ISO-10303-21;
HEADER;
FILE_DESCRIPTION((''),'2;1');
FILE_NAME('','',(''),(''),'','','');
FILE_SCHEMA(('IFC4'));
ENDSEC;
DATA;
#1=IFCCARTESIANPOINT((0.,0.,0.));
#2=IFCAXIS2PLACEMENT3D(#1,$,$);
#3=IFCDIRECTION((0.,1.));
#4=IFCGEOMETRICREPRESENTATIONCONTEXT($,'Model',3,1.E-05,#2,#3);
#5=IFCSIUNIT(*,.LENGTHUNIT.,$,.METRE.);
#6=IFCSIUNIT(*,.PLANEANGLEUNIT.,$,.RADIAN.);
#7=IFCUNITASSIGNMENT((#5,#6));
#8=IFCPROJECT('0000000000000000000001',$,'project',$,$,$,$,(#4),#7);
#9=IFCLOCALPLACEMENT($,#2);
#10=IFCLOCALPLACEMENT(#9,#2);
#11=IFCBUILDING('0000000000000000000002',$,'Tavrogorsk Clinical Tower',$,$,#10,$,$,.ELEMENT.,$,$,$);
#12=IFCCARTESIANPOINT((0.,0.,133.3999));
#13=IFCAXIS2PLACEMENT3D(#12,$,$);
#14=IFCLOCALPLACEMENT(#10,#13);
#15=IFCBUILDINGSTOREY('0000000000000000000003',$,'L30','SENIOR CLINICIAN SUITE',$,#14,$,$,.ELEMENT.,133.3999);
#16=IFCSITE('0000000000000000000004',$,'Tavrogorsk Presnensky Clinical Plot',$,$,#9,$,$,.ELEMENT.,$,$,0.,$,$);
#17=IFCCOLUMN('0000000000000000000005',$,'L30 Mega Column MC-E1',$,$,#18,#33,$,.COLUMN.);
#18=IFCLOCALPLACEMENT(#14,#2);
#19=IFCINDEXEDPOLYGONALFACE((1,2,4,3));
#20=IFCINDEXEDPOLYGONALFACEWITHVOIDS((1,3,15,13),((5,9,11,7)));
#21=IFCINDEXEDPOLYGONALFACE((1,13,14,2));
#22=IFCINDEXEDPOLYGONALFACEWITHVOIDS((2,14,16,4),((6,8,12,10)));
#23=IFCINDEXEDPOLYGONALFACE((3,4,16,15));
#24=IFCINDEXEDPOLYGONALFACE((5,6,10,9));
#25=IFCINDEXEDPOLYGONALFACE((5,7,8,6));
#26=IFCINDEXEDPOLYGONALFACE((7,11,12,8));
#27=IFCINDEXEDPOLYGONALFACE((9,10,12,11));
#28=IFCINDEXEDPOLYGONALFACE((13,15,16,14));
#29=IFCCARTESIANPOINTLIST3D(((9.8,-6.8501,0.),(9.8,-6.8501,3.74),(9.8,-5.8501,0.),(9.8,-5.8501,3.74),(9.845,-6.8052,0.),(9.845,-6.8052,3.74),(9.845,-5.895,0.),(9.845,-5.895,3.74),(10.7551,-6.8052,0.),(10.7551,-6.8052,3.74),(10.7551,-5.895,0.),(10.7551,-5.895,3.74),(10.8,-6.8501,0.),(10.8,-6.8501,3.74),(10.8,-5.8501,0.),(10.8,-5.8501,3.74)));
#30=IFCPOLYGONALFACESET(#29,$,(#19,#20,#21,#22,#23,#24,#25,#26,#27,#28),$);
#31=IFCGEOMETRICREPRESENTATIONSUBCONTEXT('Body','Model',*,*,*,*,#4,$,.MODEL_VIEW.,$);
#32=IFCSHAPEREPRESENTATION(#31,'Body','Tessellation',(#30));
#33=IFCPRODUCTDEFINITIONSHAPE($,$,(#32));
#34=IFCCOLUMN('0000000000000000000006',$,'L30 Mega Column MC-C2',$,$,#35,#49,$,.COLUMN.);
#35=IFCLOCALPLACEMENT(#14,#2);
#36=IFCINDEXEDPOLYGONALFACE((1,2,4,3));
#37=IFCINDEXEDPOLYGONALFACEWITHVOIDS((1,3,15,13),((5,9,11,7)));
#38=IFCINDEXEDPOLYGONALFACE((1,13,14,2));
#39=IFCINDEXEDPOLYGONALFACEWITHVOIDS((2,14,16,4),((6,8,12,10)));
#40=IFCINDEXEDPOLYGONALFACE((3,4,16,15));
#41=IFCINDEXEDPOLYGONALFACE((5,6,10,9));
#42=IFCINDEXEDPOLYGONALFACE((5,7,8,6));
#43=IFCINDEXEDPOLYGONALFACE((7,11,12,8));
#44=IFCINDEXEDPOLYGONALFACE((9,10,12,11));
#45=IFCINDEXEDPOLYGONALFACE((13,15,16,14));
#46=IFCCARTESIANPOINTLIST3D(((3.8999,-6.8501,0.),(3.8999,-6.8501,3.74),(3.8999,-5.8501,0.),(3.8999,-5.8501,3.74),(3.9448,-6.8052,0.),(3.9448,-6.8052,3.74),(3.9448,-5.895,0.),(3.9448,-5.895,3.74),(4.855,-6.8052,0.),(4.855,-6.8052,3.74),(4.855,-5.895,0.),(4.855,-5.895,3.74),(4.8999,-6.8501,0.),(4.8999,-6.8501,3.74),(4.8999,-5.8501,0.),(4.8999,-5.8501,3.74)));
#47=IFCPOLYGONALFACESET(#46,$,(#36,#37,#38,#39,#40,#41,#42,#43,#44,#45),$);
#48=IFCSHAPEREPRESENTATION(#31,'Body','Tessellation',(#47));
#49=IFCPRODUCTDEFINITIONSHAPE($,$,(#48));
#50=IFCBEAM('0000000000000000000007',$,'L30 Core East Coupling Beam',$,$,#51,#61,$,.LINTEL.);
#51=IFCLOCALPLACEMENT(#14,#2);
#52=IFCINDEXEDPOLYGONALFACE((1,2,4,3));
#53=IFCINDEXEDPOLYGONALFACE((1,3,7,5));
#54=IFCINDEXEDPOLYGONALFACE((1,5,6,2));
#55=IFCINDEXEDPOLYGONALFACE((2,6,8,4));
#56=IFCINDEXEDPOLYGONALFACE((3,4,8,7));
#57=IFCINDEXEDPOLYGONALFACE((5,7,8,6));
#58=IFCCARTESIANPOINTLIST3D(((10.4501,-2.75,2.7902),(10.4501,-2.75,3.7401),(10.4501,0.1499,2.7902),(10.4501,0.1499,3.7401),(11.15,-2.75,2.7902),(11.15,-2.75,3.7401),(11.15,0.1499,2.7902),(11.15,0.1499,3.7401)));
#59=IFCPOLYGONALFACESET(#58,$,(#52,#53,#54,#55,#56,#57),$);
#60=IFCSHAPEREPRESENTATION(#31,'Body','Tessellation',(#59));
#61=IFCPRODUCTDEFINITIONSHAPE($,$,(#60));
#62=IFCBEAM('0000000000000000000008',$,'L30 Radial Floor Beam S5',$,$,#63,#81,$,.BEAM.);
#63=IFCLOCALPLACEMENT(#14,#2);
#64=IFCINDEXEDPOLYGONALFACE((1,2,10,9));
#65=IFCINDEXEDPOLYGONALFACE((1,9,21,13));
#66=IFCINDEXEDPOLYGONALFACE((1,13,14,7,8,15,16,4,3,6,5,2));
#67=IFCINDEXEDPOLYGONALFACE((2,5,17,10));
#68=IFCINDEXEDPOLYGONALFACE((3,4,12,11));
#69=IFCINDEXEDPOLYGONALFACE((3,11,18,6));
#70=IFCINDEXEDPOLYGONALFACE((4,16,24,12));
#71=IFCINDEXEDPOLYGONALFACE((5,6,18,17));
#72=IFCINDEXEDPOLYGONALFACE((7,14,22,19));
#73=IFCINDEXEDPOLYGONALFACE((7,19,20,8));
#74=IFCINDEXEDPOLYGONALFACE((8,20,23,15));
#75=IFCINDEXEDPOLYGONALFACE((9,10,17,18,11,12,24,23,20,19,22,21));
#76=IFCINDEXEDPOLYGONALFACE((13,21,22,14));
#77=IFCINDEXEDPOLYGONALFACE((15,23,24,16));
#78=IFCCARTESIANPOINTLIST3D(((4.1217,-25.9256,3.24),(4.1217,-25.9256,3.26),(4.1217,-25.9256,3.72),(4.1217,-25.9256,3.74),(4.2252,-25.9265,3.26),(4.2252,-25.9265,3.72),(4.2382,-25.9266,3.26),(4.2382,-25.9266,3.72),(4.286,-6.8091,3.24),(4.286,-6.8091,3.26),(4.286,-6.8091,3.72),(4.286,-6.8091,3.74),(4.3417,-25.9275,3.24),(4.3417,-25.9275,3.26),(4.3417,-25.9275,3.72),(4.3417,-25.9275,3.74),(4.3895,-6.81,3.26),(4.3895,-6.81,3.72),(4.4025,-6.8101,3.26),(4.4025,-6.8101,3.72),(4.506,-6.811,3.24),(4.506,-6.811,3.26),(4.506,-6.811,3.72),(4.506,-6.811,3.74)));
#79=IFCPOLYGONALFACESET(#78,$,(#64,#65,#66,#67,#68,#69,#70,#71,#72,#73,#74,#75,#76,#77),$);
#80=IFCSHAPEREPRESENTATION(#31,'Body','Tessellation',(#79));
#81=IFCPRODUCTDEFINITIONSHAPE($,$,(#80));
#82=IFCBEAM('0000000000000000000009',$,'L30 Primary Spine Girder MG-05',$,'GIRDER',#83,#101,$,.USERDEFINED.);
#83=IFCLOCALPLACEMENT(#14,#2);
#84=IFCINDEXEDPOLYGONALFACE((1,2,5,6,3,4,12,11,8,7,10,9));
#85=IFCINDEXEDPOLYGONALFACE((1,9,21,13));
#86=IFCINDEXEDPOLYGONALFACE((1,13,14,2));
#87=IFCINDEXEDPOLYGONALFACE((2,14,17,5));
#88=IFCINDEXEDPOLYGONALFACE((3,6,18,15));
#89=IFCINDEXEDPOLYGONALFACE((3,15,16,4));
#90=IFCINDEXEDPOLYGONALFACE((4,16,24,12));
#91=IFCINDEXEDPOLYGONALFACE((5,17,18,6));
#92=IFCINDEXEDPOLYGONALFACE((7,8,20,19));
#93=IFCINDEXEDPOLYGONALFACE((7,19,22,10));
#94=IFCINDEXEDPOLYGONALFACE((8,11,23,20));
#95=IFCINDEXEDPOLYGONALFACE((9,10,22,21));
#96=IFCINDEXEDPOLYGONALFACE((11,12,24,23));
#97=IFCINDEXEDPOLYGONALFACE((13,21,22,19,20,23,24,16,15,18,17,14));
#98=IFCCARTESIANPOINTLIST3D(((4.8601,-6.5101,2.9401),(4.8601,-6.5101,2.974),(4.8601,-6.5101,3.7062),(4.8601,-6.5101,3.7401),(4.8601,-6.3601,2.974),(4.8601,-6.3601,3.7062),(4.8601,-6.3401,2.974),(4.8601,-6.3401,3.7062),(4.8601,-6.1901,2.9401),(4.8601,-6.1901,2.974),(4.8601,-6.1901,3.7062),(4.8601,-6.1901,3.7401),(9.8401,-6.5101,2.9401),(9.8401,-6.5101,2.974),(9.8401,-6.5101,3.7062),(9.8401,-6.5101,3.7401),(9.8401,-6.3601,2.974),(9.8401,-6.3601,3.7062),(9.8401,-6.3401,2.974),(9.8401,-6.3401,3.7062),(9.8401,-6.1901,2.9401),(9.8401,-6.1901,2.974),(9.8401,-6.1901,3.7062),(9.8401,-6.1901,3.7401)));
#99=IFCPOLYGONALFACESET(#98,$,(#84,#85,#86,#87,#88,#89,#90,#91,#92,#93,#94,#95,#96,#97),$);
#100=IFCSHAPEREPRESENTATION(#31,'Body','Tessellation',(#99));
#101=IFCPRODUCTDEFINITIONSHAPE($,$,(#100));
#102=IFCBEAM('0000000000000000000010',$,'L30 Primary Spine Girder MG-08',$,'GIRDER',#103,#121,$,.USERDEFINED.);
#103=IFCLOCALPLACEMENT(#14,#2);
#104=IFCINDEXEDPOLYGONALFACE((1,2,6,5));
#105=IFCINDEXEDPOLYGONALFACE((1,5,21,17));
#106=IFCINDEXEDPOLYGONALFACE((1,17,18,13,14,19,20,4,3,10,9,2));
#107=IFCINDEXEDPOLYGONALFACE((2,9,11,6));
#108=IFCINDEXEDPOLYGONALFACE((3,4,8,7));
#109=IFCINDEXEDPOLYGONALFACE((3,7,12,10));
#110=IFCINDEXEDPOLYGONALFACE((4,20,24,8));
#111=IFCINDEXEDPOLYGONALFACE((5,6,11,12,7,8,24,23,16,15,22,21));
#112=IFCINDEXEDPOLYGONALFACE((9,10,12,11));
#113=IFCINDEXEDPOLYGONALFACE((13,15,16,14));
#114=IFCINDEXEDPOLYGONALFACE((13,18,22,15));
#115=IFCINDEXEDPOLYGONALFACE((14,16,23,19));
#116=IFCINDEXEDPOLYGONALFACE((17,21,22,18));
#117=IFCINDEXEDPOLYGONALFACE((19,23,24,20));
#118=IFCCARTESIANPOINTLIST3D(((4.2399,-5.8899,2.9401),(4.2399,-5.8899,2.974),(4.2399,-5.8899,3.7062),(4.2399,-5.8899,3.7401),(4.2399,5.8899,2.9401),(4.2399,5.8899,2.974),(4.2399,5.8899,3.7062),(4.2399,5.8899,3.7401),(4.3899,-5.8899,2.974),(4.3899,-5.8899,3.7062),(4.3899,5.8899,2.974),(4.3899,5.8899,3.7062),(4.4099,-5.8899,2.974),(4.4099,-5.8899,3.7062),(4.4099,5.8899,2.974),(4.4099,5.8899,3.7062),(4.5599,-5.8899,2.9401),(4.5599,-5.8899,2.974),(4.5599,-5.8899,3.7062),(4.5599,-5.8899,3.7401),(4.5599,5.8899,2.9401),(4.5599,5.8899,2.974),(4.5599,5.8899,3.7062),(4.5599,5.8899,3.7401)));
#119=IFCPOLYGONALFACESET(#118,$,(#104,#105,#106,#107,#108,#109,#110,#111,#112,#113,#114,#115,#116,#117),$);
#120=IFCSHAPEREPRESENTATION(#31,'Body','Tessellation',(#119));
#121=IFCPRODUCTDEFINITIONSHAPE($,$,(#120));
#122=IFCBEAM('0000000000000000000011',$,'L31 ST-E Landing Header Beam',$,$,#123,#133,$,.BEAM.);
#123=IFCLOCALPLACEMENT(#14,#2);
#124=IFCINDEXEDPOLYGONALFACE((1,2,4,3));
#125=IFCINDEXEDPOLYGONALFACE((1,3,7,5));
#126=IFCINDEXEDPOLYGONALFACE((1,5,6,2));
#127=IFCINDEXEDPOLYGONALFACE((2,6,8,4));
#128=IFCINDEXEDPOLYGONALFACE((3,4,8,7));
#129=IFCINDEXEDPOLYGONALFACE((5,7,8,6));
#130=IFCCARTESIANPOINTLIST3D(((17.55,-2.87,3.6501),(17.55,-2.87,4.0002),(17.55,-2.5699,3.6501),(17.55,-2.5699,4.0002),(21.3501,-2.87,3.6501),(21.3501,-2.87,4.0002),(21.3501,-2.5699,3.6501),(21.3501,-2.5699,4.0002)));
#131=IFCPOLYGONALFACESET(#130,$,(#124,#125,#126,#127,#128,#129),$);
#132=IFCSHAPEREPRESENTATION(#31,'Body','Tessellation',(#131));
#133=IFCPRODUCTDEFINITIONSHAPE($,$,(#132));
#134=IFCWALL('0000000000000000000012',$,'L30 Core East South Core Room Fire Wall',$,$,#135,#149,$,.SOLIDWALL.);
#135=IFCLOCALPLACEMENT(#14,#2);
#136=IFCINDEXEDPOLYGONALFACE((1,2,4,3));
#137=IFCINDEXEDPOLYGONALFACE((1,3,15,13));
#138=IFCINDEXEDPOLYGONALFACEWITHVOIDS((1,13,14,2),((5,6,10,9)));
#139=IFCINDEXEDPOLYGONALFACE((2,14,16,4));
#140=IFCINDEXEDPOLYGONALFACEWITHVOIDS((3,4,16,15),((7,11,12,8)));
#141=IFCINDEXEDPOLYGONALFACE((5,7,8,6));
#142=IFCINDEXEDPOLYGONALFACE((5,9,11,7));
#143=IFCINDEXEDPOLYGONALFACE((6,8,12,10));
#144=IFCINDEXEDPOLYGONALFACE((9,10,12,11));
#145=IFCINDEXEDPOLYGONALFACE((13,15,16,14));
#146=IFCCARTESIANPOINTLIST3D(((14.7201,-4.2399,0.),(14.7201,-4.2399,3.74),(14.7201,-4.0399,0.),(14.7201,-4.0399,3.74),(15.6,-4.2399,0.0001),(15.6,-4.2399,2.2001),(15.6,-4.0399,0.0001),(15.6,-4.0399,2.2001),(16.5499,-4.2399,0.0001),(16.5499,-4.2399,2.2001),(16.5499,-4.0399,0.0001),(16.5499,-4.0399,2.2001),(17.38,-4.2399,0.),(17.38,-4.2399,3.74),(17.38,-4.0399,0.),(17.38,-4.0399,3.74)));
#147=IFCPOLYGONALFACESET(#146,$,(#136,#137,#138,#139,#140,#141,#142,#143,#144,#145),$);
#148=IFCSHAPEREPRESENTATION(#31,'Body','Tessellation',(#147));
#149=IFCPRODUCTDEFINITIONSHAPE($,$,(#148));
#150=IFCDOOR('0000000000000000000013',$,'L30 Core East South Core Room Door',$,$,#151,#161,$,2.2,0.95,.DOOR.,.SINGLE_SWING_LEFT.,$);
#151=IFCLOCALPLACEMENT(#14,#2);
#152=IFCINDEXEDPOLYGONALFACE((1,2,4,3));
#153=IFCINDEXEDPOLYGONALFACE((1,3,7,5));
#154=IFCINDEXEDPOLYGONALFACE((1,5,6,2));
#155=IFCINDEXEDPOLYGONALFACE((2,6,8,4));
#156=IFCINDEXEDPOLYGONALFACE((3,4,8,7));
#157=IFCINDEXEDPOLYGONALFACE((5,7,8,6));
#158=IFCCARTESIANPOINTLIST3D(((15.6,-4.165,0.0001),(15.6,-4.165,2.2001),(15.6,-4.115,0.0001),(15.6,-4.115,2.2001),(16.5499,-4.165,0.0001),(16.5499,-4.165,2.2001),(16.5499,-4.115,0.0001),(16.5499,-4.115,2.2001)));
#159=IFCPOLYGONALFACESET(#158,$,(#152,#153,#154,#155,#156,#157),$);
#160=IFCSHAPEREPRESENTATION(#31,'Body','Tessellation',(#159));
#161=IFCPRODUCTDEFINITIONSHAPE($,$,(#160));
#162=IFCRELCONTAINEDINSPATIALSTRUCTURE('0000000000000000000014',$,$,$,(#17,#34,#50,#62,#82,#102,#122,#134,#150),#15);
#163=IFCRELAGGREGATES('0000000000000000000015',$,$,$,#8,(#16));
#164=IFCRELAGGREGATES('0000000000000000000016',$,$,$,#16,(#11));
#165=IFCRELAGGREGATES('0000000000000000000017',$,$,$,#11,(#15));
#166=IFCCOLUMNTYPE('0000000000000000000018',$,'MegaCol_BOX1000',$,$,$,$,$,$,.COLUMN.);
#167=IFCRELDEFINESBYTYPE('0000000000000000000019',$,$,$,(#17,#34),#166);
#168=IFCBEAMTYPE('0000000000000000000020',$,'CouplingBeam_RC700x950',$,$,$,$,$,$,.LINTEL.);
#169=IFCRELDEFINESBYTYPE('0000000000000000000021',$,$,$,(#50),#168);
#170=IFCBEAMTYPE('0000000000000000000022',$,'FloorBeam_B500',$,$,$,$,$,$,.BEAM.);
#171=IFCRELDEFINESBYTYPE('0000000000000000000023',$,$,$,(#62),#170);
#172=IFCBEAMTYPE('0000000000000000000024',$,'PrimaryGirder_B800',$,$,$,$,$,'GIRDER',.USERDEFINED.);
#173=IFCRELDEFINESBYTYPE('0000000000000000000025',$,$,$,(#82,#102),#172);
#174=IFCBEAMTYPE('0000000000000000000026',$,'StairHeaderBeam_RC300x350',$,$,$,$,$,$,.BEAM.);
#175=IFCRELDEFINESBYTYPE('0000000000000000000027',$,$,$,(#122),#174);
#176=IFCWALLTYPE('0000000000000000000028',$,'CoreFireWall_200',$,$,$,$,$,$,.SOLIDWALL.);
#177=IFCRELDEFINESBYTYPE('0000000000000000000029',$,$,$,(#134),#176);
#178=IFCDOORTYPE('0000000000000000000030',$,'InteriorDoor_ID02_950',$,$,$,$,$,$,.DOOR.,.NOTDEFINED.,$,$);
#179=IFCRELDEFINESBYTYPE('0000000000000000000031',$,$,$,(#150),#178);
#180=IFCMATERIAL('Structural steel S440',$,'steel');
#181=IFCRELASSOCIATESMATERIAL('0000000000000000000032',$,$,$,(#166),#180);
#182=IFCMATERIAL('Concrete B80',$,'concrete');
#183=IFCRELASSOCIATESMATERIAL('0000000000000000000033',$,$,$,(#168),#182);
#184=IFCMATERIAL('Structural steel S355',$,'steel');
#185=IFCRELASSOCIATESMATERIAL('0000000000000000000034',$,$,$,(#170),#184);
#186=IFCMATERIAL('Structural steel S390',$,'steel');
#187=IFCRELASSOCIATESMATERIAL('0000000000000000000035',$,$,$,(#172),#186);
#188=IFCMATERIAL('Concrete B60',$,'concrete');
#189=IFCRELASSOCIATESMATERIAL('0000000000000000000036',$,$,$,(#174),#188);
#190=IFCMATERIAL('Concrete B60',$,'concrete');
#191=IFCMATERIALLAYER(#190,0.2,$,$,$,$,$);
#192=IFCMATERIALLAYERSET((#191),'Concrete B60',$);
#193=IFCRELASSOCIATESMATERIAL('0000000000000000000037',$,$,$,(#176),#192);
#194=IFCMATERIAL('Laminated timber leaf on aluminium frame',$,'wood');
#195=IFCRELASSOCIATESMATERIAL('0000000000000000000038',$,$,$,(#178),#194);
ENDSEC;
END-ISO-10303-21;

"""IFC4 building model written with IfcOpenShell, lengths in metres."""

from ifc_helpers import new_model, si_unit, direction, frame, frame_2d, origin, origin_2d, place, context, subcontext, project, spatial, rectangle, hollow_rectangle, i_section, extrude, material, layer, layer_set, material_profile, profile_set, type_object, element, fill, save


model = new_model("IFC4")

# Units and contexts
model_context = context("Model", 3, precision=1e-05, world=origin(), true_north=direction((0.0, 1.0)))
body_context = subcontext(model_context, "Body", "Model", "MODEL_VIEW")
ifc_project = project(units=[si_unit("LENGTHUNIT", "METRE"), si_unit("PLANEANGLEUNIT", "RADIAN")], contexts=[model_context])

# Site, building, storey
site_placement = place(None, origin())
site = spatial("IfcSite", under=ifc_project, at=site_placement, Name="Tavrogorsk Presnensky Clinical Plot", CompositionType="ELEMENT", RefElevation=0.0)
building_placement = place(site_placement, origin())
building = spatial("IfcBuilding", under=site, at=building_placement, Name="Tavrogorsk Clinical Tower", CompositionType="ELEMENT")
storey_placement = place(building_placement, frame((0.0, 0.0, 133.3999)))
storey = spatial("IfcBuildingStorey", under=building, at=storey_placement, Name="L30", Description="SENIOR CLINICIAN SUITE", CompositionType="ELEMENT", Elevation=133.3999)

# Columns
ifc_material_1 = material(Name="Structural steel S440", Category="steel")
ifc_material_profile_1 = material_profile(ifc_material_1, hollow_rectangle(XDim=1.0, YDim=1.0, WallThickness=0.0449, at=origin_2d()), Name="BOX-1000x1000x45")
ifc_profile_set_1 = profile_set([ifc_material_profile_1], Name="Structural steel S440")
column_type = type_object("IfcColumnType", Name="MegaCol_BOX1000", PredefinedType="COLUMN", material=ifc_profile_set_1)
for number, where, z_axis, x_axis, name in (
    (1, (10.3, -6.3501, 0.0), (0.0, 0.0, 1.0), (1.0, 0.0, 0.0), "L30 Mega Column MC-E1"),
    (2, (4.3999, -6.3501, 0.0), (0.0, 0.0, 1.0), (1.0, 0.0, 0.0), "L30 Mega Column MC-C2"),
):
    element("IfcColumn", number, at=place(storey_placement, frame(where, z_axis=z_axis, x_axis=x_axis)), inside=storey, type_object=column_type, Name=name, PredefinedType="COLUMN", context=body_context, shape_type="SweptSolid", body=[
        extrude(hollow_rectangle(XDim=1.0, YDim=1.0, WallThickness=0.0449, at=origin_2d()), origin(), (0.0, 0.0, 1.0), 3.74),
    ])

# Beams
ifc_material_2 = material(Name="Concrete B80", Category="concrete")
ifc_material_profile_2 = material_profile(ifc_material_2, rectangle(XDim=0.7, YDim=0.95, at=origin_2d()), Name="RC-CB-700x950")
ifc_profile_set_2 = profile_set([ifc_material_profile_2], Name="Concrete B80")
beam_type_1 = type_object("IfcBeamType", Name="CouplingBeam_RC700x950", PredefinedType="LINTEL", material=ifc_profile_set_2)
beam_1_placement = place(storey_placement, frame((10.8, -2.75, 3.2651), z_axis=(0.0, 1.0, 0.0), x_axis=(-1.0, 0.0, 0.0)))
element("IfcBeam", 3, at=beam_1_placement, inside=storey, type_object=beam_type_1, Name="L30 Core East Coupling Beam", PredefinedType="LINTEL", context=body_context, shape_type="SweptSolid", body=[
    extrude(rectangle(XDim=0.7, YDim=0.95, at=origin_2d()), origin(), (0.0, 0.0, 1.0), 2.8999),
])
ifc_material_3 = material(Name="Structural steel S355", Category="steel")
ifc_material_profile_3 = material_profile(ifc_material_3, i_section(OverallWidth=0.22, OverallDepth=0.5, WebThickness=0.0129, FlangeThickness=0.02, at=origin_2d()), Name="B-500x220x13x20")
ifc_profile_set_3 = profile_set([ifc_material_profile_3], Name="Structural steel S355")
beam_type_2 = type_object("IfcBeamType", Name="FloorBeam_B500", PredefinedType="BEAM", material=ifc_profile_set_3)
beam_2_placement = place(storey_placement, frame((4.396, -6.8101, 3.49), z_axis=(-0.008595, -0.999963, 0.0), x_axis=(0.999963, -0.008595, 0.0)))
element("IfcBeam", 4, at=beam_2_placement, inside=storey, type_object=beam_type_2, Name="L30 Radial Floor Beam S5", PredefinedType="BEAM", context=body_context, shape_type="SweptSolid", body=[
    extrude(i_section(OverallWidth=0.22, OverallDepth=0.5, WebThickness=0.0129, FlangeThickness=0.02, at=origin_2d()), origin(), (0.0, 0.0, 1.0), 19.1172),
])
ifc_material_4 = material(Name="Structural steel S390", Category="steel")
ifc_material_profile_4 = material_profile(ifc_material_4, i_section(OverallWidth=0.3201, OverallDepth=0.8, WebThickness=0.02, FlangeThickness=0.0339, at=origin_2d()), Name="B-800x320x20x34")
ifc_profile_set_4 = profile_set([ifc_material_profile_4], Name="Structural steel S390")
beam_type_3 = type_object("IfcBeamType", Name="PrimaryGirder_B800", ElementType="GIRDER", PredefinedType="USERDEFINED", material=ifc_profile_set_4)
beam_3_placement = place(storey_placement, frame((4.8601, -6.3501, 3.3401), z_axis=(1.0, 0.0, 0.0), x_axis=(0.0, 1.0, 0.0)))
element("IfcBeam", 5, at=beam_3_placement, inside=storey, type_object=beam_type_3, Name="L30 Primary Spine Girder MG-05", ObjectType="GIRDER", PredefinedType="USERDEFINED", context=body_context, shape_type="SweptSolid", body=[
    extrude(i_section(OverallWidth=0.3201, OverallDepth=0.8, WebThickness=0.02, FlangeThickness=0.0339, at=origin_2d()), origin(), (0.0, 0.0, 1.0), 4.98),
])
beam_4_placement = place(storey_placement, frame((4.3999, -5.8899, 3.3401), z_axis=(0.0, 1.0, 0.0), x_axis=(-1.0, 0.0, 0.0)))
element("IfcBeam", 6, at=beam_4_placement, inside=storey, type_object=beam_type_3, Name="L30 Primary Spine Girder MG-08", ObjectType="GIRDER", PredefinedType="USERDEFINED", context=body_context, shape_type="SweptSolid", body=[
    extrude(i_section(OverallWidth=0.3201, OverallDepth=0.8, WebThickness=0.02, FlangeThickness=0.0339, at=origin_2d()), origin(), (0.0, 0.0, 1.0), 11.7798),
])
ifc_material_5 = material(Name="Concrete B60", Category="concrete")
ifc_material_profile_5 = material_profile(ifc_material_5, rectangle(XDim=0.3, YDim=0.3501, at=origin_2d()), Name="RC-SHB-300x350")
ifc_profile_set_5 = profile_set([ifc_material_profile_5], Name="Concrete B60")
beam_type_4 = type_object("IfcBeamType", Name="StairHeaderBeam_RC300x350", PredefinedType="BEAM", material=ifc_profile_set_5)
beam_5_placement = place(storey_placement, frame((17.55, -2.72, 3.8252), z_axis=(1.0, 0.0, 0.0), x_axis=(0.0, 1.0, 0.0)))
element("IfcBeam", 7, at=beam_5_placement, inside=storey, type_object=beam_type_4, Name="L31 ST-E Landing Header Beam", PredefinedType="BEAM", context=body_context, shape_type="SweptSolid", body=[
    extrude(rectangle(XDim=0.3, YDim=0.3501, at=origin_2d()), origin(), (0.0, 0.0, 1.0), 3.8),
])

# Wall, opening, door
ifc_material_6 = material(Name="Concrete B60", Category="concrete")
ifc_layer_1 = layer(ifc_material_6, 0.2)
ifc_layer_set_1 = layer_set([ifc_layer_1], Name="Concrete B60")
wall_type_1 = type_object("IfcWallType", Name="CoreFireWall_200", PredefinedType="SOLIDWALL", material=ifc_layer_set_1)
wall_1_placement = place(storey_placement, frame((14.72, -4.1399, 0.0), z_axis=(0.0, 0.0, 1.0), x_axis=(1.0, 0.0, 0.0)))
wall_1 = element("IfcWall", 8, at=wall_1_placement, inside=storey, type_object=wall_type_1, Name="L30 Core East South Core Room Fire Wall", PredefinedType="SOLIDWALL", context=body_context, shape_type="SweptSolid", body=[
    extrude(rectangle(XDim=2.6599, YDim=0.2, at=frame_2d((1.3301, 0.0))), origin(), (0.0, 0.0, 1.0), 3.74),
])
opening_1_placement = place(wall_1_placement, frame((0.8799, 0.0, 0.0)))
opening_1 = element("IfcOpeningElement", 9, at=opening_1_placement, cuts=wall_1, PredefinedType="OPENING", context=body_context, shape_type="SweptSolid", body=[
    extrude(rectangle(XDim=0.95, YDim=2.2, at=frame_2d((0.4751, 1.1001))), frame((0.0, 0.1099, 0.0), z_axis=(0.0, -1.0, 0.0), x_axis=(1.0, 0.0, 0.0)), (0.0, 0.0, 1.0), 0.22),
])
ifc_material_7 = material(Name="Laminated timber leaf on aluminium frame", Category="wood")
door_type_1 = type_object("IfcDoorType", Name="InteriorDoor_ID02_950", OperationType="NOTDEFINED", PredefinedType="DOOR", material=ifc_material_7)
door_1_placement = place(opening_1_placement, origin())
door_1 = element("IfcDoor", 10, at=door_1_placement, inside=storey, type_object=door_type_1, Name="L30 Core East South Core Room Door", OperationType="SINGLE_SWING_LEFT", OverallHeight=2.2, OverallWidth=0.95, PredefinedType="DOOR", context=body_context, shape_type="SweptSolid", body=[
    extrude(rectangle(XDim=0.95, YDim=2.2, at=frame_2d((0.4751, 1.1001))), frame((0.0, 0.0249, 0.0), z_axis=(0.0, -1.0, 0.0), x_axis=(1.0, 0.0, 0.0)), (0.0, 0.0, 1.0), 0.05),
])
fill(opening_1, door_1)

save(model, "model.ifc")
